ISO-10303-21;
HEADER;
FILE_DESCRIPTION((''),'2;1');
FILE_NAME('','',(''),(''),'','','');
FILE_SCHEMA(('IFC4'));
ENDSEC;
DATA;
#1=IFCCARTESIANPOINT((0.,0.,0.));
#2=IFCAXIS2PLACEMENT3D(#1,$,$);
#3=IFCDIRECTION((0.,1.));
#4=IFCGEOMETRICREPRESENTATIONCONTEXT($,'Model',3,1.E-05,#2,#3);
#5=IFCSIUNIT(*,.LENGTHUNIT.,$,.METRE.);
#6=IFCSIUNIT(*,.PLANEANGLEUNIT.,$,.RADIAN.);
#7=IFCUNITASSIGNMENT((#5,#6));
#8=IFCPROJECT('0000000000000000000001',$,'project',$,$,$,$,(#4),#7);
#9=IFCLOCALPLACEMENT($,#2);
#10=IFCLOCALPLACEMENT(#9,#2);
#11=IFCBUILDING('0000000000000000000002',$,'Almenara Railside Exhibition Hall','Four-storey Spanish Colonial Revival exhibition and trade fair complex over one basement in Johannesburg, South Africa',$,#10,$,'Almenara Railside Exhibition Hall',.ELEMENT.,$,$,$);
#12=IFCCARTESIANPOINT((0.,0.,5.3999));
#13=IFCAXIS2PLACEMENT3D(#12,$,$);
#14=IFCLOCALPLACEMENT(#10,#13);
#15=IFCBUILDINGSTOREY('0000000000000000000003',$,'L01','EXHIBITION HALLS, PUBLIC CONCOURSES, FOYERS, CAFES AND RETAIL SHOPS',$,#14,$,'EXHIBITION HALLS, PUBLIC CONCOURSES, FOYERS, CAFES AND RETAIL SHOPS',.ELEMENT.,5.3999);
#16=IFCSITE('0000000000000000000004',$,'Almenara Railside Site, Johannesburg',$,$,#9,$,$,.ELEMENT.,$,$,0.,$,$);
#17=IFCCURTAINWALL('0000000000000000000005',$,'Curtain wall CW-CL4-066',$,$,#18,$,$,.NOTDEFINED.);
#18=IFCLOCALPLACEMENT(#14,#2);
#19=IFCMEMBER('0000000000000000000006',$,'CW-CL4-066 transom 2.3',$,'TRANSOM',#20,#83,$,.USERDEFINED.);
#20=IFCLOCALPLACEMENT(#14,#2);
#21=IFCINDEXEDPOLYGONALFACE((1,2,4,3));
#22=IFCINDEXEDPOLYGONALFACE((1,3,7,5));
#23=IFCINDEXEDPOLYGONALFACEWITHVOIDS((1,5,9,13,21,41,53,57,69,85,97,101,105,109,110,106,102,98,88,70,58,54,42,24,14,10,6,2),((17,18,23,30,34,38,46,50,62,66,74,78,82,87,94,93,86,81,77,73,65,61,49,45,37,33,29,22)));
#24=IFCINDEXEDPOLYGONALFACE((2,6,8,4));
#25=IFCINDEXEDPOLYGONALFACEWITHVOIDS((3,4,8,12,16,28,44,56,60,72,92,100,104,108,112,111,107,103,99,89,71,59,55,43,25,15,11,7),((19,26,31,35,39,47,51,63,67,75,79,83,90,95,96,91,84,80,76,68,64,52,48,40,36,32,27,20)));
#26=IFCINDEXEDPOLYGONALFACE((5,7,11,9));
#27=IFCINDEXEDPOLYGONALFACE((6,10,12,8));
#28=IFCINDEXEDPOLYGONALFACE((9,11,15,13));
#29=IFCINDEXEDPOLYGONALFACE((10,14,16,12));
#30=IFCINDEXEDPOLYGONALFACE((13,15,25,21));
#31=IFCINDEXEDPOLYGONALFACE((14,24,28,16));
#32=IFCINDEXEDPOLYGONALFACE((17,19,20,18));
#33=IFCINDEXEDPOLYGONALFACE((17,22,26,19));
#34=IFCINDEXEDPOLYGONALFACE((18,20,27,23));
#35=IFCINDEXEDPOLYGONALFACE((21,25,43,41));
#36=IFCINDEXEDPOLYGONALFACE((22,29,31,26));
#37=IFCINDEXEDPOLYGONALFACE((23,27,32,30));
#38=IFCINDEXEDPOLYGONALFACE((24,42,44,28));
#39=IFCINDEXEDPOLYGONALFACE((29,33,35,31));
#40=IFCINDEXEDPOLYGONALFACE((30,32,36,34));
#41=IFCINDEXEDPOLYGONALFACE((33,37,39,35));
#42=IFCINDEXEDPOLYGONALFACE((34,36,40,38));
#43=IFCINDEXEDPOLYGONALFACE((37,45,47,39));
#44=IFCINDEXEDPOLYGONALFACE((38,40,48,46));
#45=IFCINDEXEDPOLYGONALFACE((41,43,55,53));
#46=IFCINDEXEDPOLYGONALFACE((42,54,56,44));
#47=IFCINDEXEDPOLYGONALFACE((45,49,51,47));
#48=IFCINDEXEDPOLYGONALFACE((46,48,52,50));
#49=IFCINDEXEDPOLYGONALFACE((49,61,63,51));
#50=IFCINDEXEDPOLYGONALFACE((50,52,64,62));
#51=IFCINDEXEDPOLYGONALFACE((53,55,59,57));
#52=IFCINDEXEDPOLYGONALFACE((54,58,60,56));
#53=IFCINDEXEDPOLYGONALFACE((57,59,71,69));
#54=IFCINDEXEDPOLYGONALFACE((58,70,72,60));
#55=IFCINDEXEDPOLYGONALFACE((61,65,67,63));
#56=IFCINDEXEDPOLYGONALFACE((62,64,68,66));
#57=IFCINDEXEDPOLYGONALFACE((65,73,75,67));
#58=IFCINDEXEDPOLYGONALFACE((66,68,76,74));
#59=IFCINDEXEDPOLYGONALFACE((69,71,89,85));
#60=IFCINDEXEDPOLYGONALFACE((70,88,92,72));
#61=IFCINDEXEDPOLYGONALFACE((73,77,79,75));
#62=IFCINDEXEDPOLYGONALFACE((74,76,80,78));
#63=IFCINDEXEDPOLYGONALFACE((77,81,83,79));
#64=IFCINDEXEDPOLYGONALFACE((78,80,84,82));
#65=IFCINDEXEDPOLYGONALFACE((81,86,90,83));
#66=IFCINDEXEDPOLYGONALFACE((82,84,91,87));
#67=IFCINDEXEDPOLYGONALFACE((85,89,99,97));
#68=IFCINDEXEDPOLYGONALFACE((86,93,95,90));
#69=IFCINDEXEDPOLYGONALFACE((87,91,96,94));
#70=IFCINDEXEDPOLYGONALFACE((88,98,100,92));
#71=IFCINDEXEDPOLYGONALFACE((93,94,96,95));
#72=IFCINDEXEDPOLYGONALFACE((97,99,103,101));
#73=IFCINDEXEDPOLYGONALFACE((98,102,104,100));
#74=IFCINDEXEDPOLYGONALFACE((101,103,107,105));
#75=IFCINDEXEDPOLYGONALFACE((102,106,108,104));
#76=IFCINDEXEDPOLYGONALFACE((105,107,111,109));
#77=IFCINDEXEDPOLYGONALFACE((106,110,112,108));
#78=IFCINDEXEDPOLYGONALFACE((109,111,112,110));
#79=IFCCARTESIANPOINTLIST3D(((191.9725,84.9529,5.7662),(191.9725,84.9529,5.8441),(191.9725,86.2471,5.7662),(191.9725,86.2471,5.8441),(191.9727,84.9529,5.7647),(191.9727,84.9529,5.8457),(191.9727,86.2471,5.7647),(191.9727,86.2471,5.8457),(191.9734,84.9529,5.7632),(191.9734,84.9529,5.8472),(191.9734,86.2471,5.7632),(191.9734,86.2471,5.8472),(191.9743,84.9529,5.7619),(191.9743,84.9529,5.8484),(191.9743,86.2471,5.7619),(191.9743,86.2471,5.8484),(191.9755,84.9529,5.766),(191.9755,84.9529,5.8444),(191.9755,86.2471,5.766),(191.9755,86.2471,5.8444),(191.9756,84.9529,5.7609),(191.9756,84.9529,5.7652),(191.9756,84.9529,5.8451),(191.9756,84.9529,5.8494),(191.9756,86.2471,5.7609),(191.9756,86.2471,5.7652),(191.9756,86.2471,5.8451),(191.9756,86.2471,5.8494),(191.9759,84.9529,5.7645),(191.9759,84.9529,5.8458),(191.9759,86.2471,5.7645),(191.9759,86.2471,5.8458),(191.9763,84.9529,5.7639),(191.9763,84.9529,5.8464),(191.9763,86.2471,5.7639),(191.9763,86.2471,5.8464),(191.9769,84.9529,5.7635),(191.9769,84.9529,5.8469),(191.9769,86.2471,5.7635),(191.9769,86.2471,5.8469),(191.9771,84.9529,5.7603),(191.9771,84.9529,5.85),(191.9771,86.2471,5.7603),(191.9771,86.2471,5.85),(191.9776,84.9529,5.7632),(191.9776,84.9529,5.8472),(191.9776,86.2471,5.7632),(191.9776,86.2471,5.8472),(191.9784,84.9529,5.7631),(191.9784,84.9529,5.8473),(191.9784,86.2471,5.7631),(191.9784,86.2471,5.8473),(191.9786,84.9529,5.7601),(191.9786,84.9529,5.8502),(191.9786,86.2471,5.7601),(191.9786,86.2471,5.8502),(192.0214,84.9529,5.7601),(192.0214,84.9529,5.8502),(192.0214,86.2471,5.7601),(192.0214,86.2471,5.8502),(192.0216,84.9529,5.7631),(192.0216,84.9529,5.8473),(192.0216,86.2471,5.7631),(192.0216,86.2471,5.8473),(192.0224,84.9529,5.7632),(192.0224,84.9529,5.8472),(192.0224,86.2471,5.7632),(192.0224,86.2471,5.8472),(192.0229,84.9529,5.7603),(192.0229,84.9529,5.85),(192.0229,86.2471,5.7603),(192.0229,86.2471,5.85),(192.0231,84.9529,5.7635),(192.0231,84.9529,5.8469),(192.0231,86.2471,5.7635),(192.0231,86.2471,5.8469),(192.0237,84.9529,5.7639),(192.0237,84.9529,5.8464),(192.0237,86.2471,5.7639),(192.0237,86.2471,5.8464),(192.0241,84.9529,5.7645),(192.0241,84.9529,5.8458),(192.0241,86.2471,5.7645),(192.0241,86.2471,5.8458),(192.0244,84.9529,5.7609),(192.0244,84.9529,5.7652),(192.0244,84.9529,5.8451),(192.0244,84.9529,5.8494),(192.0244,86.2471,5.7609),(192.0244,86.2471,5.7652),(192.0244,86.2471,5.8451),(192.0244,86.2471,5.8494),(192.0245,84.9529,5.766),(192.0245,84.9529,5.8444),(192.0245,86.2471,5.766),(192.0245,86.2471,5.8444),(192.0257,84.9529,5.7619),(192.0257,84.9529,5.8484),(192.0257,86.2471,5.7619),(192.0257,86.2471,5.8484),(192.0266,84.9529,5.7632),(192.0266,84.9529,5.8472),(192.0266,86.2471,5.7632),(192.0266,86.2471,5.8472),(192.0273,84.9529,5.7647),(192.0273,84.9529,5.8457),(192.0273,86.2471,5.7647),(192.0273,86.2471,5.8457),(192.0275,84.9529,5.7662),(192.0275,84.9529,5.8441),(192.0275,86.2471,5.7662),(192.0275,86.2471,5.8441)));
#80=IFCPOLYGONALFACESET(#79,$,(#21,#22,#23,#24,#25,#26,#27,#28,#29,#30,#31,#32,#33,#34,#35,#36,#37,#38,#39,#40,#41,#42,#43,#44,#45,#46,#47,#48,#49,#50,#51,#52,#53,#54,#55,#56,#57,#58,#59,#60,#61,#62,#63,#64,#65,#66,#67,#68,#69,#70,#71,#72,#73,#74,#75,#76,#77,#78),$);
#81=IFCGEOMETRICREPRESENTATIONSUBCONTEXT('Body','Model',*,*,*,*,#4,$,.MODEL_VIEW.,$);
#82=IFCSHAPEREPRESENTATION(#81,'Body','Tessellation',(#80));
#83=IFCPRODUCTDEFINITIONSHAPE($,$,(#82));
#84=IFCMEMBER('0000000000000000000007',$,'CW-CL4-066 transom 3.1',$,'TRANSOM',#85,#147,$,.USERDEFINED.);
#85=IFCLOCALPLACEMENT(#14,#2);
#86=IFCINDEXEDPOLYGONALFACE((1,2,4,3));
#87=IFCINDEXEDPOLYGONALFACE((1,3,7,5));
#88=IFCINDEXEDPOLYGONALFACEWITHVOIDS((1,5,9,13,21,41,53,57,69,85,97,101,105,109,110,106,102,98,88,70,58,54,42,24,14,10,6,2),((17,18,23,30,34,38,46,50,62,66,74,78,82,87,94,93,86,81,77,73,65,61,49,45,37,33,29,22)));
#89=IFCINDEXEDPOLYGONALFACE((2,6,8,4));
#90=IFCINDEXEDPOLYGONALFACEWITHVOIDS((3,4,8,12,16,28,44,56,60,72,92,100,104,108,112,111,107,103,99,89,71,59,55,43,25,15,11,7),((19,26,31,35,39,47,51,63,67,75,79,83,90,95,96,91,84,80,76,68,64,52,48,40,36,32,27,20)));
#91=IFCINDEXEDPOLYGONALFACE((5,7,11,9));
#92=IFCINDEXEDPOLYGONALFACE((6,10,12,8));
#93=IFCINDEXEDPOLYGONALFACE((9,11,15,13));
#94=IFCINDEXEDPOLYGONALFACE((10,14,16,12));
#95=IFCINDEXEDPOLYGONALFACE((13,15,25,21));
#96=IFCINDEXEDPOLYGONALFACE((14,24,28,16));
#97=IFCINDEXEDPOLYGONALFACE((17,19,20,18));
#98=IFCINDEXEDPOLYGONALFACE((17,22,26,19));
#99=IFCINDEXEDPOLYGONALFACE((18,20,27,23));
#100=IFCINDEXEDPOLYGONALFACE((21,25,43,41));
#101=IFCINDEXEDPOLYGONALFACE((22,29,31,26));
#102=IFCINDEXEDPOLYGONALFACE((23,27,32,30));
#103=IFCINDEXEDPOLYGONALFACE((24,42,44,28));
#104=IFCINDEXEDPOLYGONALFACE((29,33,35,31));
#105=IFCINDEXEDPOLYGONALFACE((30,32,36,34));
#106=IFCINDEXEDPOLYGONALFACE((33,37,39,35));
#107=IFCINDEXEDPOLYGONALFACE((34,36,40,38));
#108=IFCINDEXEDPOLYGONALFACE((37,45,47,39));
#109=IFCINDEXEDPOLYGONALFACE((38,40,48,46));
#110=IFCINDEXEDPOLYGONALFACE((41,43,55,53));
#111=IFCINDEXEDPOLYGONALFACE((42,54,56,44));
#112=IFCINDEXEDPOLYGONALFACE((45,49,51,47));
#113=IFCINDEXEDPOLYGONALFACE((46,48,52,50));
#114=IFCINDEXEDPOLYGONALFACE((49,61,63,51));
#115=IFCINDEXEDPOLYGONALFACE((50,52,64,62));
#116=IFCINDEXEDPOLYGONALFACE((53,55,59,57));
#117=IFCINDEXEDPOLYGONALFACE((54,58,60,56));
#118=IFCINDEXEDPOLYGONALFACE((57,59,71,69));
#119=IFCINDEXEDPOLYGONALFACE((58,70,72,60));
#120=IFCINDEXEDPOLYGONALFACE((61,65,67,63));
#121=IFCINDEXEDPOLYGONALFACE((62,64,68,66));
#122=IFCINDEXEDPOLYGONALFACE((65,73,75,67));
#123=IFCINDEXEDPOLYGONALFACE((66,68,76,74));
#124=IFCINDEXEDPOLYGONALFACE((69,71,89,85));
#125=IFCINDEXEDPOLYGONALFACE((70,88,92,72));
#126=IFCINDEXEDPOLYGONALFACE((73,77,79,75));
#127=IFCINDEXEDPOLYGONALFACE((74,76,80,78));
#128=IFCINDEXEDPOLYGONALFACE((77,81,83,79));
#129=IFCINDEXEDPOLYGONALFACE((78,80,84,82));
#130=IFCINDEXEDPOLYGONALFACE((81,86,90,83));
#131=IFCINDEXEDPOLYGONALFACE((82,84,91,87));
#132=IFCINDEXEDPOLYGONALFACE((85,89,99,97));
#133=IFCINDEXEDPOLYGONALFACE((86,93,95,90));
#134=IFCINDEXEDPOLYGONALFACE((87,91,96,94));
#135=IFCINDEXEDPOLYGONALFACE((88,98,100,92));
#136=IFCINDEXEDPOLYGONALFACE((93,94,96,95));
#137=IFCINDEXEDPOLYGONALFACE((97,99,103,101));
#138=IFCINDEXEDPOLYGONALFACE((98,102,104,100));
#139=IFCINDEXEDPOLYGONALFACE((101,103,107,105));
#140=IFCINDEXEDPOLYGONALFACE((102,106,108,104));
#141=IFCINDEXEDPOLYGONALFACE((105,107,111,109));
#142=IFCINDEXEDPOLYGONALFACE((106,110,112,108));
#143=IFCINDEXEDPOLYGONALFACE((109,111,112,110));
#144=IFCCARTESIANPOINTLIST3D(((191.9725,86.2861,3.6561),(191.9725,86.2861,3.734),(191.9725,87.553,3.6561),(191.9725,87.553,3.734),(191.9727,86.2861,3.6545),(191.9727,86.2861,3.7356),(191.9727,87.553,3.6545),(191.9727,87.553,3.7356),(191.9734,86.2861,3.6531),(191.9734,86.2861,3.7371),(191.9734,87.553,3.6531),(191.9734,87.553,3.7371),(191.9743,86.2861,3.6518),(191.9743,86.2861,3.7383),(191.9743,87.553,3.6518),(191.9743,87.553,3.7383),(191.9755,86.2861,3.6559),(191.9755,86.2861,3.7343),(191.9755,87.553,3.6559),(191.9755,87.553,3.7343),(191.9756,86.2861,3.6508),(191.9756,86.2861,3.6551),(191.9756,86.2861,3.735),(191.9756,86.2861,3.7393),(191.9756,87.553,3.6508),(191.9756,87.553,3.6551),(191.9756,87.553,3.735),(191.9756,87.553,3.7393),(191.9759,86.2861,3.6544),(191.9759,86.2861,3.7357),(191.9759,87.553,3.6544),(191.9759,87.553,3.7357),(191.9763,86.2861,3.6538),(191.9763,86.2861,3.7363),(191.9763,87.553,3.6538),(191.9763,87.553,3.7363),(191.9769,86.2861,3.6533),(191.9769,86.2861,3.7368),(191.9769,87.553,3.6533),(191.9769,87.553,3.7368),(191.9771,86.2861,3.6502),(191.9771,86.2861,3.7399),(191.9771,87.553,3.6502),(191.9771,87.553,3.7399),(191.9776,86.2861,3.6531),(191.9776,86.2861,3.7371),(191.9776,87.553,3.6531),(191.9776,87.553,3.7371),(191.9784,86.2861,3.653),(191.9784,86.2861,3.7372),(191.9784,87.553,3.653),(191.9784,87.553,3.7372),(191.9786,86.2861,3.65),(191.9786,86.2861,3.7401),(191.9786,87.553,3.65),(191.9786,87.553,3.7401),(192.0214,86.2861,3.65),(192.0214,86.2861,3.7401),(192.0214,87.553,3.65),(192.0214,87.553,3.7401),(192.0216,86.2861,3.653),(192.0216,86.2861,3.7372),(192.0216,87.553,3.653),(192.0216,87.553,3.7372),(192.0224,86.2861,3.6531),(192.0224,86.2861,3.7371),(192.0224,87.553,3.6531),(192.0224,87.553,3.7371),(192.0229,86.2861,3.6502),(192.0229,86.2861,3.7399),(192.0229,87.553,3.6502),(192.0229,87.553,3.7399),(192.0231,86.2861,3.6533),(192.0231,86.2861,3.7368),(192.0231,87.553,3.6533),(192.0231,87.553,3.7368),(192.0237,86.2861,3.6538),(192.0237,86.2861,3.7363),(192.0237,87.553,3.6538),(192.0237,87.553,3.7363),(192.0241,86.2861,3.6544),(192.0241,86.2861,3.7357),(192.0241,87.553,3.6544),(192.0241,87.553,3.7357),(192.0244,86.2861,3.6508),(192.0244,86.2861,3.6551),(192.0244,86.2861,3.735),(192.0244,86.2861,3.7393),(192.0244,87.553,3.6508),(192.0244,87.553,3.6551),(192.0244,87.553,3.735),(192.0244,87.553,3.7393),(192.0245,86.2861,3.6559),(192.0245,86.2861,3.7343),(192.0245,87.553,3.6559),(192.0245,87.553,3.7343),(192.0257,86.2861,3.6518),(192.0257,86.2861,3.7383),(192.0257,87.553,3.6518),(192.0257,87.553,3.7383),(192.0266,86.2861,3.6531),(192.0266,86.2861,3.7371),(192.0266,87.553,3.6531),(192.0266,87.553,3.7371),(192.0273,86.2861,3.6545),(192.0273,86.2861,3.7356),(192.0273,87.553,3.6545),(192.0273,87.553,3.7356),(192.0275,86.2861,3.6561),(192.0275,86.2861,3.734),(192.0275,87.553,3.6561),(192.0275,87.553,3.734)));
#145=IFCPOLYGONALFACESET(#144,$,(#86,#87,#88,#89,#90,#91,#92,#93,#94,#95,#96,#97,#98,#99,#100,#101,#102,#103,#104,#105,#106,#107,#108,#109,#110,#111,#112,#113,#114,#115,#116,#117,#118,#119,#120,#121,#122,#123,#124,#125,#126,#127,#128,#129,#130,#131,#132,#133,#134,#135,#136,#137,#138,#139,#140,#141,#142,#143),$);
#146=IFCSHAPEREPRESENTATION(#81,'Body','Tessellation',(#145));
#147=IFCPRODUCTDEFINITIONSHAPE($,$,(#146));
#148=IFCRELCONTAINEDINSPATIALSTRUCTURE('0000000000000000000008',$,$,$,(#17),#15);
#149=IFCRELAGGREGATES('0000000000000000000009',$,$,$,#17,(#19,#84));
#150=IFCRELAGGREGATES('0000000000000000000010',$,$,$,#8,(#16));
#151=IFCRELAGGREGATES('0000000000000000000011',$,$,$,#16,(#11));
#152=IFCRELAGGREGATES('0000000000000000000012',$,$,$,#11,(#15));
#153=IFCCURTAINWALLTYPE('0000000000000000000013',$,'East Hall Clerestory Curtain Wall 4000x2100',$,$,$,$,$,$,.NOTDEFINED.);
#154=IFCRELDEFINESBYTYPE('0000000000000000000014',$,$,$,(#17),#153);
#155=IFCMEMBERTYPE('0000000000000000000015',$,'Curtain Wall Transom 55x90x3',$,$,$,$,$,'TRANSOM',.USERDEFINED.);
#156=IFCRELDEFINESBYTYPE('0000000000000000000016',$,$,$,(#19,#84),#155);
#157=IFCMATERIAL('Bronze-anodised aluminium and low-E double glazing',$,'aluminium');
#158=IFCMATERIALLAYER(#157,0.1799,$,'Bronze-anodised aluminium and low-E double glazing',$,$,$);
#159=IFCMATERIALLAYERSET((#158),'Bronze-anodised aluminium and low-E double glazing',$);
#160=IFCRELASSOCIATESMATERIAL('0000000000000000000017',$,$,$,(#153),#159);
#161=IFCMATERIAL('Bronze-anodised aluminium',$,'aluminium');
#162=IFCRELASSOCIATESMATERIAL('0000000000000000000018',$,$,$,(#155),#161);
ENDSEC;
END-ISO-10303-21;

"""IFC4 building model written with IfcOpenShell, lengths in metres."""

from ifc_helpers import new_model, si_unit, direction, frame, origin, origin_2d, place, context, subcontext, project, spatial, hollow_rectangle, extrude, material, layer, layer_set, material_profile, profile_set, type_object, element, aggregate, save


model = new_model("IFC4")

# Units and contexts
model_context = context("Model", 3, precision=1e-05, world=origin(), true_north=direction((0.0, 1.0)))
body_context = subcontext(model_context, "Body", "Model", "MODEL_VIEW")
ifc_project = project(units=[si_unit("LENGTHUNIT", "METRE"), si_unit("PLANEANGLEUNIT", "RADIAN")], contexts=[model_context])

# Site, building, storey
site_placement = place(None, origin())
site = spatial("IfcSite", under=ifc_project, at=site_placement, Name="Almenara Railside Site, Johannesburg", CompositionType="ELEMENT", RefElevation=0.0)
building_placement = place(site_placement, origin())
building = spatial("IfcBuilding", under=site, at=building_placement, Name="Almenara Railside Exhibition Hall", Description="Four-storey Spanish Colonial Revival exhibition and trade fair complex over one basement in Johannesburg, South Africa", LongName="Almenara Railside Exhibition Hall", CompositionType="ELEMENT")
storey_placement = place(building_placement, frame((0.0, 0.0, 5.3999)))
storey = spatial("IfcBuildingStorey", under=building, at=storey_placement, Name="L01", Description="EXHIBITION HALLS, PUBLIC CONCOURSES, FOYERS, CAFES AND RETAIL SHOPS", LongName="EXHIBITION HALLS, PUBLIC CONCOURSES, FOYERS, CAFES AND RETAIL SHOPS", CompositionType="ELEMENT", Elevation=5.3999)

# Curtain wall, members
ifc_material_1 = material(Name="Bronze-anodised aluminium and low-E double glazing", Category="aluminium")
ifc_layer_1 = layer(ifc_material_1, 0.1799, Name="Bronze-anodised aluminium and low-E double glazing")
ifc_layer_set_1 = layer_set([ifc_layer_1], Name="Bronze-anodised aluminium and low-E double glazing")
curtain_wall_type = type_object("IfcCurtainWallType", Name="East Hall Clerestory Curtain Wall 4000x2100", PredefinedType="NOTDEFINED", material=ifc_layer_set_1)
curtain_wall_placement = place(storey_placement, origin())
curtain_wall = element("IfcCurtainWall", 1, at=curtain_wall_placement, inside=storey, type_object=curtain_wall_type, Name="Curtain wall CW-CL4-066", PredefinedType="NOTDEFINED")
ifc_material_2 = material(Name="Bronze-anodised aluminium", Category="aluminium")
ifc_material_profile_1 = material_profile(ifc_material_2, hollow_rectangle(XDim=0.0549, YDim=0.0901, WallThickness=0.0029, InnerFilletRadius=0.0029, OuterFilletRadius=0.0061, at=origin_2d()), Name="ALU-TRN 55x90x3")
ifc_profile_set_1 = profile_set([ifc_material_profile_1], Name="Bronze-anodised aluminium")
member_type_1 = type_object("IfcMemberType", Name="Curtain Wall Transom 55x90x3", ElementType="TRANSOM", PredefinedType="USERDEFINED", material=ifc_profile_set_1)
member_1_placement = place(storey_placement, frame((192.0, 84.9529, 5.8052), z_axis=(0.0, 1.0, 0.0), x_axis=(-1.0, 0.0, 0.0)))
member_1 = element("IfcMember", 2, at=member_1_placement, type_object=member_type_1, Name="CW-CL4-066 transom 2.3", ObjectType="TRANSOM", PredefinedType="USERDEFINED", context=body_context, shape_type="SweptSolid", body=[
    extrude(hollow_rectangle(XDim=0.0549, YDim=0.0901, WallThickness=0.0029, InnerFilletRadius=0.0029, OuterFilletRadius=0.0061, at=origin_2d()), origin(), (0.0, 0.0, 1.0), 1.2942),
])
member_2_placement = place(storey_placement, frame((192.0, 86.2861, 3.6951), z_axis=(0.0, 1.0, 0.0), x_axis=(-1.0, 0.0, 0.0)))
member_2 = element("IfcMember", 3, at=member_2_placement, type_object=member_type_1, Name="CW-CL4-066 transom 3.1", ObjectType="TRANSOM", PredefinedType="USERDEFINED", context=body_context, shape_type="SweptSolid", body=[
    extrude(hollow_rectangle(XDim=0.0549, YDim=0.0901, WallThickness=0.0029, InnerFilletRadius=0.0029, OuterFilletRadius=0.0061, at=origin_2d()), origin(), (0.0, 0.0, 1.0), 1.2668),
])
aggregate(curtain_wall, [member_1, member_2])

save(model, "model.ifc")
